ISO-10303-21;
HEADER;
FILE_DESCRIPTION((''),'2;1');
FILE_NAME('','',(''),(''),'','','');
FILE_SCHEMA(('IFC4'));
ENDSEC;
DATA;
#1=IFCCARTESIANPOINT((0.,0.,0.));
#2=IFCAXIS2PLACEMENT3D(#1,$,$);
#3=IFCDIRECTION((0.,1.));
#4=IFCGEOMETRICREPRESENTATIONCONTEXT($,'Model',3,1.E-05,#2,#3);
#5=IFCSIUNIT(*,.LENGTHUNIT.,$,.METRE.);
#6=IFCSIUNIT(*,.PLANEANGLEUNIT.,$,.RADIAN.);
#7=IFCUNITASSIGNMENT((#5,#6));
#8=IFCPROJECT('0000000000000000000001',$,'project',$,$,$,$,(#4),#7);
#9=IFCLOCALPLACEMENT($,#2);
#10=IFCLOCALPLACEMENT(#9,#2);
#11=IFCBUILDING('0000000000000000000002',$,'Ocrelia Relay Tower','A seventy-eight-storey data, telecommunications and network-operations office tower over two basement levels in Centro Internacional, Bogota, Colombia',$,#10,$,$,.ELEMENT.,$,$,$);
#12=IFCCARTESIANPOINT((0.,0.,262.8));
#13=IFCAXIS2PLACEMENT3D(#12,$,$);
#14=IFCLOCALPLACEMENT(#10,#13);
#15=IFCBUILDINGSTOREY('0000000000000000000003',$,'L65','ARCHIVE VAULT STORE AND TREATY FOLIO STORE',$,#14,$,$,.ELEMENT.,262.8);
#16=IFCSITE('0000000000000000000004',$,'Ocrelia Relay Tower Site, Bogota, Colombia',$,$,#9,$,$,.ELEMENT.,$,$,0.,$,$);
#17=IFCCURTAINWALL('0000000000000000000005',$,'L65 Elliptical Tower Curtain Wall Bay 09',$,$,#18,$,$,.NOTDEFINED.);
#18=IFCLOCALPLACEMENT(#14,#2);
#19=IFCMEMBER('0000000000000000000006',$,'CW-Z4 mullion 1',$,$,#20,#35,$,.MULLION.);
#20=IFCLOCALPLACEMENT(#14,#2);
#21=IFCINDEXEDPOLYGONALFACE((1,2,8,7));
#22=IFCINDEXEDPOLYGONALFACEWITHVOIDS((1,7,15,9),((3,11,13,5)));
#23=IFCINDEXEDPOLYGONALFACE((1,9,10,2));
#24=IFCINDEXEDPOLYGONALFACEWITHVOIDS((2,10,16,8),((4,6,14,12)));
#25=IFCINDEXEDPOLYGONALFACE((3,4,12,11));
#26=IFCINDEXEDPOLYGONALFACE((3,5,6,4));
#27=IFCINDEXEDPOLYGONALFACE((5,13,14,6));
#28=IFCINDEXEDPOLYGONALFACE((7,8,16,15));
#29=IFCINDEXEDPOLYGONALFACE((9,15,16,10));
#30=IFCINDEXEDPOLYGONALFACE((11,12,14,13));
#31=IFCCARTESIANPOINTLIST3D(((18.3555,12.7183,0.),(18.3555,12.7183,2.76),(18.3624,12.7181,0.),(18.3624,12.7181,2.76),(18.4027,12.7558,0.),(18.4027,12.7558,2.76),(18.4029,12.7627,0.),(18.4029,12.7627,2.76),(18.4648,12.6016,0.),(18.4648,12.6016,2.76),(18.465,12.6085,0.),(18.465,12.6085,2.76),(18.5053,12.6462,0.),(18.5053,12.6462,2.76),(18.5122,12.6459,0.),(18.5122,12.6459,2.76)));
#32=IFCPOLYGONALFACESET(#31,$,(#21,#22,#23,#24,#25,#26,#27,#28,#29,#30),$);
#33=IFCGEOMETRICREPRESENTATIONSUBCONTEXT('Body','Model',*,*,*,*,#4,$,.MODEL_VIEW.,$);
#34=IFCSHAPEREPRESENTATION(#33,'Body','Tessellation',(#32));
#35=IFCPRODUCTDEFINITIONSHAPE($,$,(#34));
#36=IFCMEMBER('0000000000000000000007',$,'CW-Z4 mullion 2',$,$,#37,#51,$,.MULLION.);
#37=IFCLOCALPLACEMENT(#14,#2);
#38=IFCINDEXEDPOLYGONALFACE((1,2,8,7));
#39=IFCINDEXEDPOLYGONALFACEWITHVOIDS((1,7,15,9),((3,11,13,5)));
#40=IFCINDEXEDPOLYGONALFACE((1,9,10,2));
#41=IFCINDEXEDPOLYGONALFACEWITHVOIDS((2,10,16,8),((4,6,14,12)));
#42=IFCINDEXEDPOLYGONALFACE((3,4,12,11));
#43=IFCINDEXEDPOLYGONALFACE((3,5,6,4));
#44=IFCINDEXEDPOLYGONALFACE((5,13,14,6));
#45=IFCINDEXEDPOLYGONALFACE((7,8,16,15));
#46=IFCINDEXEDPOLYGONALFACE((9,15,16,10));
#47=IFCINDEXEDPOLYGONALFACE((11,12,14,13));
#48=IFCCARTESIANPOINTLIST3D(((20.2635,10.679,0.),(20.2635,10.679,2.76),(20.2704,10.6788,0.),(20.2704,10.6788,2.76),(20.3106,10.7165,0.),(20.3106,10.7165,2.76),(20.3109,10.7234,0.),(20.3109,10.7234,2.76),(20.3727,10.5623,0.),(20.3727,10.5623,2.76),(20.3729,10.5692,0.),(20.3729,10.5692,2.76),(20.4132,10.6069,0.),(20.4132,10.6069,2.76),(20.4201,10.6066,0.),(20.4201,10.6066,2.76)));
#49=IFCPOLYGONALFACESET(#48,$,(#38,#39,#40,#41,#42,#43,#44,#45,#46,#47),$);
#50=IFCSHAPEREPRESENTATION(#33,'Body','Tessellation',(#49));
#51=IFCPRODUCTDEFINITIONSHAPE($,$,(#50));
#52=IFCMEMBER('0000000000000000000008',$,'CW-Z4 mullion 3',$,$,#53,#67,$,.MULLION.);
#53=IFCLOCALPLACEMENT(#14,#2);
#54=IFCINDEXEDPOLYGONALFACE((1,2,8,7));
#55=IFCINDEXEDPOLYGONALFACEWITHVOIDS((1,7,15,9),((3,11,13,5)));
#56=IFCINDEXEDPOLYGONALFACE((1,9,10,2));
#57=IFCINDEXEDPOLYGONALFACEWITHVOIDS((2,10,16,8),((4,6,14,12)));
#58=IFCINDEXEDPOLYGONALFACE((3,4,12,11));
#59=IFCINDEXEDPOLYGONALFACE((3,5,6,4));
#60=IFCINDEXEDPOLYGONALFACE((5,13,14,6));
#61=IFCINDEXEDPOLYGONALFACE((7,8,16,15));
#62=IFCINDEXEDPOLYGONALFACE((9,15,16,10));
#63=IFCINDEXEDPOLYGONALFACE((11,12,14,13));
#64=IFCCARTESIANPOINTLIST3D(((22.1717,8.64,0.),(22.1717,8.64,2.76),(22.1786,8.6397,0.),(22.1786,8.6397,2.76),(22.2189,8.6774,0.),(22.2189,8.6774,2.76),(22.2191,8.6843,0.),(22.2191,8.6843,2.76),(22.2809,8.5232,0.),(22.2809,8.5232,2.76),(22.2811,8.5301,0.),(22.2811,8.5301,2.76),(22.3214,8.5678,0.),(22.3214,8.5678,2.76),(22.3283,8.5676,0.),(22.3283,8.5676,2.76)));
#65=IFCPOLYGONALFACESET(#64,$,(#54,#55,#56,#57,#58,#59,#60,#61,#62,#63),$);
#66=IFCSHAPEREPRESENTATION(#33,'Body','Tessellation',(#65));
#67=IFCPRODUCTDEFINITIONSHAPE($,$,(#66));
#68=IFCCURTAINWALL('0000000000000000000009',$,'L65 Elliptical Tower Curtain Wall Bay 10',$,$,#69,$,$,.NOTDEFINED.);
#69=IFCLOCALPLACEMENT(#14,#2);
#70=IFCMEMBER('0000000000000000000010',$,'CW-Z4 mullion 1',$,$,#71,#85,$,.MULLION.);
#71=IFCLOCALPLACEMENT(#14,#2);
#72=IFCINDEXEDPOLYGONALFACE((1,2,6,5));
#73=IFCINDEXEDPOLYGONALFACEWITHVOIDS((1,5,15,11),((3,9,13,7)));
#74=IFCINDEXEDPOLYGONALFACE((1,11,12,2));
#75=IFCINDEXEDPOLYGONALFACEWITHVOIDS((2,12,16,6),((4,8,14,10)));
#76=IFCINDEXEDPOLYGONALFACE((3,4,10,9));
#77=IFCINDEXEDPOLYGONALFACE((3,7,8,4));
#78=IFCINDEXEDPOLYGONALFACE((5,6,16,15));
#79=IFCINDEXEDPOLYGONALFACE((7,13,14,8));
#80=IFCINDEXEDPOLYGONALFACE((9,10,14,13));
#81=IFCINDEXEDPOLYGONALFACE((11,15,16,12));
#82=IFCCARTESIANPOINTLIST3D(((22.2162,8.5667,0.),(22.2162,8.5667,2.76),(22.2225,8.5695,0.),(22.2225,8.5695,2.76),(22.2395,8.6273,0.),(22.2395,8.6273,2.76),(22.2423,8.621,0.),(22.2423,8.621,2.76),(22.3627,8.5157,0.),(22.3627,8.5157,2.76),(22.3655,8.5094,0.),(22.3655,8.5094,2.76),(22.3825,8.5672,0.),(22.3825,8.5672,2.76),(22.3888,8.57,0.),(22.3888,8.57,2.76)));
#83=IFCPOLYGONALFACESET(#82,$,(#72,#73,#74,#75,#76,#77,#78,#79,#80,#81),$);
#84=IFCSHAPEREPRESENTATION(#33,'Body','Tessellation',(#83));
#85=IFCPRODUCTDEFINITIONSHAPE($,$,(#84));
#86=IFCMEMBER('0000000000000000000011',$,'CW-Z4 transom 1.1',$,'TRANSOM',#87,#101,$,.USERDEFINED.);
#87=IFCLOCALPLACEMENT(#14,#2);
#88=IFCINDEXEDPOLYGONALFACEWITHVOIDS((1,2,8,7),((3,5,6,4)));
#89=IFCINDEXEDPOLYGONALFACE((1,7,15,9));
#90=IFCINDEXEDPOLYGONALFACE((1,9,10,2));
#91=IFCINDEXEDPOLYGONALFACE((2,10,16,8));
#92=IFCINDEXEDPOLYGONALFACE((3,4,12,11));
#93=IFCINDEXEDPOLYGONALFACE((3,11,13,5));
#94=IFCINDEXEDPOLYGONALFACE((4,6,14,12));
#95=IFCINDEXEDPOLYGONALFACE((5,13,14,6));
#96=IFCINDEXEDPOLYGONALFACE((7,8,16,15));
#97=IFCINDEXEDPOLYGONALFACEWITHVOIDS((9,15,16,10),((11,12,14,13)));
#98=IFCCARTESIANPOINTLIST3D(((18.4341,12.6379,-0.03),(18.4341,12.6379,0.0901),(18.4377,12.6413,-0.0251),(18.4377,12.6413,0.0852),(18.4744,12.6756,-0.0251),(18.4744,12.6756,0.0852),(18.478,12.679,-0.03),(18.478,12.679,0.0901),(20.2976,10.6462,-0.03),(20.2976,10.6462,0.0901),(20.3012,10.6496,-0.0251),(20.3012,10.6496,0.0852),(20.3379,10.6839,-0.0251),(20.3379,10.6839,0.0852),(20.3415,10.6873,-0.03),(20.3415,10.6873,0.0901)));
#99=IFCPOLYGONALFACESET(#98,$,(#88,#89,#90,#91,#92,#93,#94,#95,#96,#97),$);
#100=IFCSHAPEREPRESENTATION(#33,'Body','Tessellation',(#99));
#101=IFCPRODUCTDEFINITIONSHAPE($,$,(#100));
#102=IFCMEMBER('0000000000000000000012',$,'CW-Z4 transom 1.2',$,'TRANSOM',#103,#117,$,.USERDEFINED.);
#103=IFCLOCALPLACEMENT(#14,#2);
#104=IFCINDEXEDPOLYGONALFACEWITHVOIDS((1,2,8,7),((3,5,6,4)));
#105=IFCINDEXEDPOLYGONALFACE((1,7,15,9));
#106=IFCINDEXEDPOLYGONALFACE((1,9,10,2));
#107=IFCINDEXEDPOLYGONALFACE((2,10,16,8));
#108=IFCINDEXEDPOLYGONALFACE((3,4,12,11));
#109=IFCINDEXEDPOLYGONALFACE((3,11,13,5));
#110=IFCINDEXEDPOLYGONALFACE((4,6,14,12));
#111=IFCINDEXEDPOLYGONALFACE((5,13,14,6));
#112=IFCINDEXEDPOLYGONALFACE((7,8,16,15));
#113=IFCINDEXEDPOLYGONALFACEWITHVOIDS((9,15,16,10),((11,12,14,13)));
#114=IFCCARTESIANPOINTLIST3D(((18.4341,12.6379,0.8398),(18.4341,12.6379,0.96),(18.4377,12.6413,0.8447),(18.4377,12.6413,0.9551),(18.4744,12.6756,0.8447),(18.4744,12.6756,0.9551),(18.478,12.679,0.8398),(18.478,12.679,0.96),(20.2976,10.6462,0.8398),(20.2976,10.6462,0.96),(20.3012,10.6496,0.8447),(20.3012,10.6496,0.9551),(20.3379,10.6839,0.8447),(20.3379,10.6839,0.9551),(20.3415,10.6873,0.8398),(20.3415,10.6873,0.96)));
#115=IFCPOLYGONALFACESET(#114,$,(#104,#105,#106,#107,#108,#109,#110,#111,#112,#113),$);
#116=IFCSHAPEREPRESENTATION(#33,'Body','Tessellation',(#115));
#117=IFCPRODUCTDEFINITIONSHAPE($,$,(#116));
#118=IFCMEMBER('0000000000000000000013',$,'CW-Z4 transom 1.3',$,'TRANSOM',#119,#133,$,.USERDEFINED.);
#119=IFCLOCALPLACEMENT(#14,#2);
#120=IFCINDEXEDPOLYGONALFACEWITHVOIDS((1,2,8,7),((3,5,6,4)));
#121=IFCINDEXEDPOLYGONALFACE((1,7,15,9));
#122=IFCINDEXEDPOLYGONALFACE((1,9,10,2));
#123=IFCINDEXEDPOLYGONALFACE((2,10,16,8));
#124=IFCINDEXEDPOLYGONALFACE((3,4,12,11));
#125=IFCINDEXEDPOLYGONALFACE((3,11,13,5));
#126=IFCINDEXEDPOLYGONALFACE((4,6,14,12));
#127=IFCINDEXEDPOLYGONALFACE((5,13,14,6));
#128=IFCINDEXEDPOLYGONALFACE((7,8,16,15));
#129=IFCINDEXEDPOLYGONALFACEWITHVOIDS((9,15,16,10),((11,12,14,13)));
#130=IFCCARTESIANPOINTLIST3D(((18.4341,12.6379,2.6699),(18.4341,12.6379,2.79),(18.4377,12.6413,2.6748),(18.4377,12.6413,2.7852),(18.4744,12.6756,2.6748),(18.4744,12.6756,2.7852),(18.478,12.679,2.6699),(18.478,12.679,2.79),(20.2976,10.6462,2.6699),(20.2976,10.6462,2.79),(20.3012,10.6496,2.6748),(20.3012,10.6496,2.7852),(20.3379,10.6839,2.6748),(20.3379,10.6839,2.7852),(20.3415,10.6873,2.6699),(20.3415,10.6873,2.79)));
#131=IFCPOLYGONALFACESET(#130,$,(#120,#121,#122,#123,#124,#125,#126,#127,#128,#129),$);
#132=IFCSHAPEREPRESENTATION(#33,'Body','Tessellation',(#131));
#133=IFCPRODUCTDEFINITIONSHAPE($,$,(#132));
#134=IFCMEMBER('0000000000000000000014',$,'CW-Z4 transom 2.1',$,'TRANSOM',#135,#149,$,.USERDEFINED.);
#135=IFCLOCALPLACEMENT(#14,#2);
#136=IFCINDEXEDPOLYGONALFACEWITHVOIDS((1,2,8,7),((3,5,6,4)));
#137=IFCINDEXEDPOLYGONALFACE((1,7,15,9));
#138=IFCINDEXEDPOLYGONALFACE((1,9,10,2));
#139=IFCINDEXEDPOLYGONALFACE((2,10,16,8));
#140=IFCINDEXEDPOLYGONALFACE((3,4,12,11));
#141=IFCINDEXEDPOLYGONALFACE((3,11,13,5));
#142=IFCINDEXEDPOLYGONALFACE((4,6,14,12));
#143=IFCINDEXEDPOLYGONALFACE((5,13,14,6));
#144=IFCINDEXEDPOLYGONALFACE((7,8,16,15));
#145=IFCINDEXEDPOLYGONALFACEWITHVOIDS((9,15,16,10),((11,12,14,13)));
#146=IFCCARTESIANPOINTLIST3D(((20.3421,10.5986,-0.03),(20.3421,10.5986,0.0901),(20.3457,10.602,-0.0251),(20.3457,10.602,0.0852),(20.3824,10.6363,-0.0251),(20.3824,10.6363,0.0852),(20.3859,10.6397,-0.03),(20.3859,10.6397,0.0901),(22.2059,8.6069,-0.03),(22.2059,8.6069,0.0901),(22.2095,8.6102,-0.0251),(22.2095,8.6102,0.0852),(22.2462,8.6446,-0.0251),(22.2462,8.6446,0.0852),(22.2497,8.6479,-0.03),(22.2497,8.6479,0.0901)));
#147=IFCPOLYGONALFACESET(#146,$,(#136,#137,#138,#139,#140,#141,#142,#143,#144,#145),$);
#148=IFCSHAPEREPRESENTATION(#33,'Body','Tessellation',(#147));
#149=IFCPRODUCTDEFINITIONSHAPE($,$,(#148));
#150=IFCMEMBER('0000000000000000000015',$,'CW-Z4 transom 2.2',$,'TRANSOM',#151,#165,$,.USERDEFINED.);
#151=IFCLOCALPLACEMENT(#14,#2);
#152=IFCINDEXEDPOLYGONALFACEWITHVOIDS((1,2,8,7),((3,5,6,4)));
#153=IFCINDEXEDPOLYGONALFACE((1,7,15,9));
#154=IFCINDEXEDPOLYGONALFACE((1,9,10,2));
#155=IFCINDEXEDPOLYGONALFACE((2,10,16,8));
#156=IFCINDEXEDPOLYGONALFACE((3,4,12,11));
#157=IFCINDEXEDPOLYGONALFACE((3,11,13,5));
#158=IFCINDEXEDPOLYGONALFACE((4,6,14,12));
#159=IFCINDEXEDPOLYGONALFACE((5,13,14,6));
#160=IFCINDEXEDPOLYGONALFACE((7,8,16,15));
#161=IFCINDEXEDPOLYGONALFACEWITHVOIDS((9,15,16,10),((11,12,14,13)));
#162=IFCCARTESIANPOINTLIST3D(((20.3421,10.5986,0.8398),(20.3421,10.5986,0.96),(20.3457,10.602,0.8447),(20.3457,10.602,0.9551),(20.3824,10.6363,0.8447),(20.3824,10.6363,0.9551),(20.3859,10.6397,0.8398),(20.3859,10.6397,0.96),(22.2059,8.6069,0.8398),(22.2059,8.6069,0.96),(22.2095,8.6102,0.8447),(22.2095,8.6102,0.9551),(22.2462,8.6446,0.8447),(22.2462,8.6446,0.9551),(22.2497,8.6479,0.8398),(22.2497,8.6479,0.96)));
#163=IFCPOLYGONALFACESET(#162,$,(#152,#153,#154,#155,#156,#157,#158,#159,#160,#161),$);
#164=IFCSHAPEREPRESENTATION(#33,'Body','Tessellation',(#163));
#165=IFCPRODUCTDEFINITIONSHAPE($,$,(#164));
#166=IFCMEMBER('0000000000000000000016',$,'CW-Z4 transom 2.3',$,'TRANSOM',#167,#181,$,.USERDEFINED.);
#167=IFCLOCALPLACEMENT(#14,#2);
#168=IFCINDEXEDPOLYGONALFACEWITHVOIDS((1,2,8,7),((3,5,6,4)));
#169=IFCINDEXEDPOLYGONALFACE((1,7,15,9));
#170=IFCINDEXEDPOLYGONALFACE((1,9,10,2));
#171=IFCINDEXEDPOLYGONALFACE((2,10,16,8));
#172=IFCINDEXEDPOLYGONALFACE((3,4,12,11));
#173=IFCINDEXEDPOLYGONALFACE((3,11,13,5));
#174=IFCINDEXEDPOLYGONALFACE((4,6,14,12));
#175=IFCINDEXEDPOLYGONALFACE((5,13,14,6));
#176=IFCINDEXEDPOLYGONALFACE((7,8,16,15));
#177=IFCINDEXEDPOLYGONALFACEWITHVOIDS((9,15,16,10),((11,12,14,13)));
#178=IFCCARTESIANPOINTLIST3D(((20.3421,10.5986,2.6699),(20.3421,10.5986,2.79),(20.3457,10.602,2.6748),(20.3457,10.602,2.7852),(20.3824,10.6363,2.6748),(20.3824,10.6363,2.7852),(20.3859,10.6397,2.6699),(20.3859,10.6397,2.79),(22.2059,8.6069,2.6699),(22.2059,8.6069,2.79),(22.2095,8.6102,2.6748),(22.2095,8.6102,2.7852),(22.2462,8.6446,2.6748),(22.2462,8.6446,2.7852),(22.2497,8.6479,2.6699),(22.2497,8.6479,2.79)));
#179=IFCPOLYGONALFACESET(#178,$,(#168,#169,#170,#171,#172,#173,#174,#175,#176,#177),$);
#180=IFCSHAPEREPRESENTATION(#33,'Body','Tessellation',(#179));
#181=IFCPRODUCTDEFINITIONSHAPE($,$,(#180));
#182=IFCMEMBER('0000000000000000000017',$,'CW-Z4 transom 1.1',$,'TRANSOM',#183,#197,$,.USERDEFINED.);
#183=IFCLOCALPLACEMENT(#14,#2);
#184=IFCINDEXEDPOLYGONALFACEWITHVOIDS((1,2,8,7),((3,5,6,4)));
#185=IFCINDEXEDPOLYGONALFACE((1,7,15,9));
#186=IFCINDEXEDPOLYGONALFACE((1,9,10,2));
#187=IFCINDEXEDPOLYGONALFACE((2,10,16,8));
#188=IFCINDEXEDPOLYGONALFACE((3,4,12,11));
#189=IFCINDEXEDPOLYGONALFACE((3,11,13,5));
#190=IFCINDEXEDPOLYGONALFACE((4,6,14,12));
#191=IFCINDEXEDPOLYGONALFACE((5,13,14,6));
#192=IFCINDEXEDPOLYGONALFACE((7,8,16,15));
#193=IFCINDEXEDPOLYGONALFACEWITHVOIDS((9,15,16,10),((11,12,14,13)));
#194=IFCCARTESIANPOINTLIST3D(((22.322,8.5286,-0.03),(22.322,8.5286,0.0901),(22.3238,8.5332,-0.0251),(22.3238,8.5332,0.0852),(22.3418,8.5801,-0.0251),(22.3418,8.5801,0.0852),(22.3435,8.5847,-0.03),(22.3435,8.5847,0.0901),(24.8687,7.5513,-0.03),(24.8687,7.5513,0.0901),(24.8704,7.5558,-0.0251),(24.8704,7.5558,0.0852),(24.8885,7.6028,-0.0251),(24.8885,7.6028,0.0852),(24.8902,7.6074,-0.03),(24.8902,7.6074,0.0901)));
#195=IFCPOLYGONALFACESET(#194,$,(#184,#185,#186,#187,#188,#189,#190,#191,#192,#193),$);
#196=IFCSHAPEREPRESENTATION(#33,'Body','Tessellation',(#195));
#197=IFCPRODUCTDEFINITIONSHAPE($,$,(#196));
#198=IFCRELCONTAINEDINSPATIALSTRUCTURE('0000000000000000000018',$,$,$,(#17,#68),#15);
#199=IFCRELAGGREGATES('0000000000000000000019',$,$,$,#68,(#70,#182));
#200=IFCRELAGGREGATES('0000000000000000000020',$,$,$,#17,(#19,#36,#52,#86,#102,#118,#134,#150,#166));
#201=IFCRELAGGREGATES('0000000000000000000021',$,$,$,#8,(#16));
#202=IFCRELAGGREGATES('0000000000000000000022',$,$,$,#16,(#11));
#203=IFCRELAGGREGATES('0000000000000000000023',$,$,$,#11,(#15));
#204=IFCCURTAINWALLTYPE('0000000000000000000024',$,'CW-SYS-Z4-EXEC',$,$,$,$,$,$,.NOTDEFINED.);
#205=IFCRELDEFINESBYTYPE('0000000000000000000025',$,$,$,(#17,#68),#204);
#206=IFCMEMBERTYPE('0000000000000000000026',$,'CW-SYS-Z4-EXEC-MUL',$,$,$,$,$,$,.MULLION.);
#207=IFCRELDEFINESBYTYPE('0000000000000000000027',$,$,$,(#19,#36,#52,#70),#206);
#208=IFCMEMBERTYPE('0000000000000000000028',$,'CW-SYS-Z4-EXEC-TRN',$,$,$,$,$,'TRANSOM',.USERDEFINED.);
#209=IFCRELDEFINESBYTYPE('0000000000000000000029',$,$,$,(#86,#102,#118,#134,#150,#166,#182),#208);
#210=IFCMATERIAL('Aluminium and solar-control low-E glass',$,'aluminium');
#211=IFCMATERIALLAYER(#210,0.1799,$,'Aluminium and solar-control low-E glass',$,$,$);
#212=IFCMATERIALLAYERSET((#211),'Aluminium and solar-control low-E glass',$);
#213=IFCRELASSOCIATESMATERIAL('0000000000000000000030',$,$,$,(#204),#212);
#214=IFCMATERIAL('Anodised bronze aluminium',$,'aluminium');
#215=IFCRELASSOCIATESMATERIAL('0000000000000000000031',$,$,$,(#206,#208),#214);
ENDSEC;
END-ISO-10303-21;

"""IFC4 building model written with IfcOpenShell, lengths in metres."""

from ifc_helpers import new_model, si_unit, direction, frame, origin, origin_2d, place, context, subcontext, project, spatial, hollow_rectangle, extrude, material, layer, layer_set, material_profile, profile_set, type_object, element, aggregate, save


model = new_model("IFC4")

# Units and contexts
model_context = context("Model", 3, precision=1e-05, world=origin(), true_north=direction((0.0, 1.0)))
body_context = subcontext(model_context, "Body", "Model", "MODEL_VIEW")
ifc_project = project(units=[si_unit("LENGTHUNIT", "METRE"), si_unit("PLANEANGLEUNIT", "RADIAN")], contexts=[model_context])

# Site, building, storey
site_placement = place(None, origin())
site = spatial("IfcSite", under=ifc_project, at=site_placement, Name="Ocrelia Relay Tower Site, Bogota, Colombia", CompositionType="ELEMENT", RefElevation=0.0)
building_placement = place(site_placement, origin())
building = spatial("IfcBuilding", under=site, at=building_placement, Name="Ocrelia Relay Tower", Description="A seventy-eight-storey data, telecommunications and network-operations office tower over two basement levels in Centro Internacional, Bogota, Colombia", CompositionType="ELEMENT")
storey_placement = place(building_placement, frame((0.0, 0.0, 262.8)))
storey = spatial("IfcBuildingStorey", under=building, at=storey_placement, Name="L65", Description="ARCHIVE VAULT STORE AND TREATY FOLIO STORE", CompositionType="ELEMENT", Elevation=262.8)

# Curtain wall, members
ifc_material_1 = material(Name="Aluminium and solar-control low-E glass", Category="aluminium")
ifc_layer_1 = layer(ifc_material_1, 0.1799, Name="Aluminium and solar-control low-E glass")
ifc_layer_set_1 = layer_set([ifc_layer_1], Name="Aluminium and solar-control low-E glass")
curtain_wall_type = type_object("IfcCurtainWallType", Name="CW-SYS-Z4-EXEC", PredefinedType="NOTDEFINED", material=ifc_layer_set_1)
curtain_wall_1_placement = place(storey_placement, origin())
curtain_wall_1 = element("IfcCurtainWall", 1, at=curtain_wall_1_placement, inside=storey, type_object=curtain_wall_type, Name="L65 Elliptical Tower Curtain Wall Bay 09", PredefinedType="NOTDEFINED")
ifc_material_2 = material(Name="Anodised bronze aluminium", Category="aluminium")
ifc_material_profile_1 = material_profile(ifc_material_2, hollow_rectangle(XDim=0.0649, YDim=0.1599, WallThickness=0.0049, at=origin_2d()), Name="CW-MUL-160x65")
ifc_profile_set_1 = profile_set([ifc_material_profile_1], Name="Anodised bronze aluminium")
member_type_1 = type_object("IfcMemberType", Name="CW-SYS-Z4-EXEC-MUL", PredefinedType="MULLION", material=ifc_profile_set_1)
member_1_placement = place(storey_placement, frame((18.4338, 12.6821, 0.0), z_axis=(0.0, 0.0, 1.0), x_axis=(0.730194, 0.68324, 0.0)))
member_1 = element("IfcMember", 2, at=member_1_placement, type_object=member_type_1, Name="CW-Z4 mullion 1", PredefinedType="MULLION", context=body_context, shape_type="SweptSolid", body=[
    extrude(hollow_rectangle(XDim=0.0649, YDim=0.1599, WallThickness=0.0049, at=origin_2d()), origin(), (0.0, 0.0, 1.0), 2.76),
])
member_2_placement = place(storey_placement, frame((20.3418, 10.6428, 0.0), z_axis=(0.0, 0.0, 1.0), x_axis=(0.730194, 0.68324, 0.0)))
member_2 = element("IfcMember", 3, at=member_2_placement, type_object=member_type_1, Name="CW-Z4 mullion 2", PredefinedType="MULLION", context=body_context, shape_type="SweptSolid", body=[
    extrude(hollow_rectangle(XDim=0.0649, YDim=0.1599, WallThickness=0.0049, at=origin_2d()), origin(), (0.0, 0.0, 1.0), 2.76),
])
member_3_placement = place(storey_placement, frame((22.25, 8.6038, 0.0), z_axis=(0.0, 0.0, 1.0), x_axis=(0.730194, 0.68324, 0.0)))
member_3 = element("IfcMember", 4, at=member_3_placement, type_object=member_type_1, Name="CW-Z4 mullion 3", PredefinedType="MULLION", context=body_context, shape_type="SweptSolid", body=[
    extrude(hollow_rectangle(XDim=0.0649, YDim=0.1599, WallThickness=0.0049, at=origin_2d()), origin(), (0.0, 0.0, 1.0), 2.76),
])

# Curtain wall, member
curtain_wall_2_placement = place(storey_placement, origin())
curtain_wall_2 = element("IfcCurtainWall", 5, at=curtain_wall_2_placement, inside=storey, type_object=curtain_wall_type, Name="L65 Elliptical Tower Curtain Wall Bay 10", PredefinedType="NOTDEFINED")
member_4_placement = place(storey_placement, frame((22.3025, 8.5684, 0.0), z_axis=(0.0, 0.0, 1.0), x_axis=(0.358334, 0.933594, 0.0)))
member_4 = element("IfcMember", 6, at=member_4_placement, type_object=member_type_1, Name="CW-Z4 mullion 1", PredefinedType="MULLION", context=body_context, shape_type="SweptSolid", body=[
    extrude(hollow_rectangle(XDim=0.0649, YDim=0.1599, WallThickness=0.0049, at=origin_2d()), origin(), (0.0, 0.0, 1.0), 2.76),
])

# Members
ifc_material_profile_2 = material_profile(ifc_material_2, hollow_rectangle(XDim=0.0601, YDim=0.1201, WallThickness=0.0049, at=origin_2d()), Name="CW-TRN-120x60")
ifc_profile_set_2 = profile_set([ifc_material_profile_2], Name="Anodised bronze aluminium")
member_type_2 = type_object("IfcMemberType", Name="CW-SYS-Z4-EXEC-TRN", ElementType="TRANSOM", PredefinedType="USERDEFINED", material=ifc_profile_set_2)
member_5_placement = place(storey_placement, frame((18.4561, 12.6584, 0.03), z_axis=(0.68322, -0.730212, 0.0), x_axis=(0.730212, 0.68322, 0.0)))
member_5 = element("IfcMember", 7, at=member_5_placement, type_object=member_type_2, Name="CW-Z4 transom 1.1", ObjectType="TRANSOM", PredefinedType="USERDEFINED", context=body_context, shape_type="SweptSolid", body=[
    extrude(hollow_rectangle(XDim=0.0601, YDim=0.1201, WallThickness=0.0049, at=origin_2d()), origin(), (0.0, 0.0, 1.0), 2.7275),
])
member_6_placement = place(storey_placement, frame((18.4561, 12.6584, 0.8999), z_axis=(0.68322, -0.730212, 0.0), x_axis=(0.730212, 0.68322, 0.0)))
member_6 = element("IfcMember", 8, at=member_6_placement, type_object=member_type_2, Name="CW-Z4 transom 1.2", ObjectType="TRANSOM", PredefinedType="USERDEFINED", context=body_context, shape_type="SweptSolid", body=[
    extrude(hollow_rectangle(XDim=0.0601, YDim=0.1201, WallThickness=0.0049, at=origin_2d()), origin(), (0.0, 0.0, 1.0), 2.7275),
])
member_7_placement = place(storey_placement, frame((18.4561, 12.6584, 2.73), z_axis=(0.68322, -0.730212, 0.0), x_axis=(0.730212, 0.68322, 0.0)))
member_7 = element("IfcMember", 9, at=member_7_placement, type_object=member_type_2, Name="CW-Z4 transom 1.3", ObjectType="TRANSOM", PredefinedType="USERDEFINED", context=body_context, shape_type="SweptSolid", body=[
    extrude(hollow_rectangle(XDim=0.0601, YDim=0.1201, WallThickness=0.0049, at=origin_2d()), origin(), (0.0, 0.0, 1.0), 2.7275),
])
member_8_placement = place(storey_placement, frame((20.364, 10.6191, 0.03), z_axis=(0.683268, -0.730168, 0.0), x_axis=(0.730168, 0.683268, 0.0)))
member_8 = element("IfcMember", 10, at=member_8_placement, type_object=member_type_2, Name="CW-Z4 transom 2.1", ObjectType="TRANSOM", PredefinedType="USERDEFINED", context=body_context, shape_type="SweptSolid", body=[
    extrude(hollow_rectangle(XDim=0.0601, YDim=0.1201, WallThickness=0.0049, at=origin_2d()), origin(), (0.0, 0.0, 1.0), 2.7278),
])
member_9_placement = place(storey_placement, frame((20.364, 10.6191, 0.8999), z_axis=(0.683268, -0.730168, 0.0), x_axis=(0.730168, 0.683268, 0.0)))
member_9 = element("IfcMember", 11, at=member_9_placement, type_object=member_type_2, Name="CW-Z4 transom 2.2", ObjectType="TRANSOM", PredefinedType="USERDEFINED", context=body_context, shape_type="SweptSolid", body=[
    extrude(hollow_rectangle(XDim=0.0601, YDim=0.1201, WallThickness=0.0049, at=origin_2d()), origin(), (0.0, 0.0, 1.0), 2.7278),
])
member_10_placement = place(storey_placement, frame((20.364, 10.6191, 2.73), z_axis=(0.683268, -0.730168, 0.0), x_axis=(0.730168, 0.683268, 0.0)))
member_10 = element("IfcMember", 12, at=member_10_placement, type_object=member_type_2, Name="CW-Z4 transom 2.3", ObjectType="TRANSOM", PredefinedType="USERDEFINED", context=body_context, shape_type="SweptSolid", body=[
    extrude(hollow_rectangle(XDim=0.0601, YDim=0.1201, WallThickness=0.0049, at=origin_2d()), origin(), (0.0, 0.0, 1.0), 2.7278),
])
member_11_placement = place(storey_placement, frame((22.3328, 8.5566, 0.03), z_axis=(0.933613, -0.358283, 0.0), x_axis=(0.358283, 0.933613, 0.0)))
member_11 = element("IfcMember", 13, at=member_11_placement, type_object=member_type_2, Name="CW-Z4 transom 1.1", ObjectType="TRANSOM", PredefinedType="USERDEFINED", context=body_context, shape_type="SweptSolid", body=[
    extrude(hollow_rectangle(XDim=0.0601, YDim=0.1201, WallThickness=0.0049, at=origin_2d()), origin(), (0.0, 0.0, 1.0), 2.7278),
])
aggregate(curtain_wall_2, [member_4, member_11])

aggregate(curtain_wall_1, [member_1, member_2, member_3, member_5, member_6, member_7, member_8, member_9, member_10])

save(model, "model.ifc")
